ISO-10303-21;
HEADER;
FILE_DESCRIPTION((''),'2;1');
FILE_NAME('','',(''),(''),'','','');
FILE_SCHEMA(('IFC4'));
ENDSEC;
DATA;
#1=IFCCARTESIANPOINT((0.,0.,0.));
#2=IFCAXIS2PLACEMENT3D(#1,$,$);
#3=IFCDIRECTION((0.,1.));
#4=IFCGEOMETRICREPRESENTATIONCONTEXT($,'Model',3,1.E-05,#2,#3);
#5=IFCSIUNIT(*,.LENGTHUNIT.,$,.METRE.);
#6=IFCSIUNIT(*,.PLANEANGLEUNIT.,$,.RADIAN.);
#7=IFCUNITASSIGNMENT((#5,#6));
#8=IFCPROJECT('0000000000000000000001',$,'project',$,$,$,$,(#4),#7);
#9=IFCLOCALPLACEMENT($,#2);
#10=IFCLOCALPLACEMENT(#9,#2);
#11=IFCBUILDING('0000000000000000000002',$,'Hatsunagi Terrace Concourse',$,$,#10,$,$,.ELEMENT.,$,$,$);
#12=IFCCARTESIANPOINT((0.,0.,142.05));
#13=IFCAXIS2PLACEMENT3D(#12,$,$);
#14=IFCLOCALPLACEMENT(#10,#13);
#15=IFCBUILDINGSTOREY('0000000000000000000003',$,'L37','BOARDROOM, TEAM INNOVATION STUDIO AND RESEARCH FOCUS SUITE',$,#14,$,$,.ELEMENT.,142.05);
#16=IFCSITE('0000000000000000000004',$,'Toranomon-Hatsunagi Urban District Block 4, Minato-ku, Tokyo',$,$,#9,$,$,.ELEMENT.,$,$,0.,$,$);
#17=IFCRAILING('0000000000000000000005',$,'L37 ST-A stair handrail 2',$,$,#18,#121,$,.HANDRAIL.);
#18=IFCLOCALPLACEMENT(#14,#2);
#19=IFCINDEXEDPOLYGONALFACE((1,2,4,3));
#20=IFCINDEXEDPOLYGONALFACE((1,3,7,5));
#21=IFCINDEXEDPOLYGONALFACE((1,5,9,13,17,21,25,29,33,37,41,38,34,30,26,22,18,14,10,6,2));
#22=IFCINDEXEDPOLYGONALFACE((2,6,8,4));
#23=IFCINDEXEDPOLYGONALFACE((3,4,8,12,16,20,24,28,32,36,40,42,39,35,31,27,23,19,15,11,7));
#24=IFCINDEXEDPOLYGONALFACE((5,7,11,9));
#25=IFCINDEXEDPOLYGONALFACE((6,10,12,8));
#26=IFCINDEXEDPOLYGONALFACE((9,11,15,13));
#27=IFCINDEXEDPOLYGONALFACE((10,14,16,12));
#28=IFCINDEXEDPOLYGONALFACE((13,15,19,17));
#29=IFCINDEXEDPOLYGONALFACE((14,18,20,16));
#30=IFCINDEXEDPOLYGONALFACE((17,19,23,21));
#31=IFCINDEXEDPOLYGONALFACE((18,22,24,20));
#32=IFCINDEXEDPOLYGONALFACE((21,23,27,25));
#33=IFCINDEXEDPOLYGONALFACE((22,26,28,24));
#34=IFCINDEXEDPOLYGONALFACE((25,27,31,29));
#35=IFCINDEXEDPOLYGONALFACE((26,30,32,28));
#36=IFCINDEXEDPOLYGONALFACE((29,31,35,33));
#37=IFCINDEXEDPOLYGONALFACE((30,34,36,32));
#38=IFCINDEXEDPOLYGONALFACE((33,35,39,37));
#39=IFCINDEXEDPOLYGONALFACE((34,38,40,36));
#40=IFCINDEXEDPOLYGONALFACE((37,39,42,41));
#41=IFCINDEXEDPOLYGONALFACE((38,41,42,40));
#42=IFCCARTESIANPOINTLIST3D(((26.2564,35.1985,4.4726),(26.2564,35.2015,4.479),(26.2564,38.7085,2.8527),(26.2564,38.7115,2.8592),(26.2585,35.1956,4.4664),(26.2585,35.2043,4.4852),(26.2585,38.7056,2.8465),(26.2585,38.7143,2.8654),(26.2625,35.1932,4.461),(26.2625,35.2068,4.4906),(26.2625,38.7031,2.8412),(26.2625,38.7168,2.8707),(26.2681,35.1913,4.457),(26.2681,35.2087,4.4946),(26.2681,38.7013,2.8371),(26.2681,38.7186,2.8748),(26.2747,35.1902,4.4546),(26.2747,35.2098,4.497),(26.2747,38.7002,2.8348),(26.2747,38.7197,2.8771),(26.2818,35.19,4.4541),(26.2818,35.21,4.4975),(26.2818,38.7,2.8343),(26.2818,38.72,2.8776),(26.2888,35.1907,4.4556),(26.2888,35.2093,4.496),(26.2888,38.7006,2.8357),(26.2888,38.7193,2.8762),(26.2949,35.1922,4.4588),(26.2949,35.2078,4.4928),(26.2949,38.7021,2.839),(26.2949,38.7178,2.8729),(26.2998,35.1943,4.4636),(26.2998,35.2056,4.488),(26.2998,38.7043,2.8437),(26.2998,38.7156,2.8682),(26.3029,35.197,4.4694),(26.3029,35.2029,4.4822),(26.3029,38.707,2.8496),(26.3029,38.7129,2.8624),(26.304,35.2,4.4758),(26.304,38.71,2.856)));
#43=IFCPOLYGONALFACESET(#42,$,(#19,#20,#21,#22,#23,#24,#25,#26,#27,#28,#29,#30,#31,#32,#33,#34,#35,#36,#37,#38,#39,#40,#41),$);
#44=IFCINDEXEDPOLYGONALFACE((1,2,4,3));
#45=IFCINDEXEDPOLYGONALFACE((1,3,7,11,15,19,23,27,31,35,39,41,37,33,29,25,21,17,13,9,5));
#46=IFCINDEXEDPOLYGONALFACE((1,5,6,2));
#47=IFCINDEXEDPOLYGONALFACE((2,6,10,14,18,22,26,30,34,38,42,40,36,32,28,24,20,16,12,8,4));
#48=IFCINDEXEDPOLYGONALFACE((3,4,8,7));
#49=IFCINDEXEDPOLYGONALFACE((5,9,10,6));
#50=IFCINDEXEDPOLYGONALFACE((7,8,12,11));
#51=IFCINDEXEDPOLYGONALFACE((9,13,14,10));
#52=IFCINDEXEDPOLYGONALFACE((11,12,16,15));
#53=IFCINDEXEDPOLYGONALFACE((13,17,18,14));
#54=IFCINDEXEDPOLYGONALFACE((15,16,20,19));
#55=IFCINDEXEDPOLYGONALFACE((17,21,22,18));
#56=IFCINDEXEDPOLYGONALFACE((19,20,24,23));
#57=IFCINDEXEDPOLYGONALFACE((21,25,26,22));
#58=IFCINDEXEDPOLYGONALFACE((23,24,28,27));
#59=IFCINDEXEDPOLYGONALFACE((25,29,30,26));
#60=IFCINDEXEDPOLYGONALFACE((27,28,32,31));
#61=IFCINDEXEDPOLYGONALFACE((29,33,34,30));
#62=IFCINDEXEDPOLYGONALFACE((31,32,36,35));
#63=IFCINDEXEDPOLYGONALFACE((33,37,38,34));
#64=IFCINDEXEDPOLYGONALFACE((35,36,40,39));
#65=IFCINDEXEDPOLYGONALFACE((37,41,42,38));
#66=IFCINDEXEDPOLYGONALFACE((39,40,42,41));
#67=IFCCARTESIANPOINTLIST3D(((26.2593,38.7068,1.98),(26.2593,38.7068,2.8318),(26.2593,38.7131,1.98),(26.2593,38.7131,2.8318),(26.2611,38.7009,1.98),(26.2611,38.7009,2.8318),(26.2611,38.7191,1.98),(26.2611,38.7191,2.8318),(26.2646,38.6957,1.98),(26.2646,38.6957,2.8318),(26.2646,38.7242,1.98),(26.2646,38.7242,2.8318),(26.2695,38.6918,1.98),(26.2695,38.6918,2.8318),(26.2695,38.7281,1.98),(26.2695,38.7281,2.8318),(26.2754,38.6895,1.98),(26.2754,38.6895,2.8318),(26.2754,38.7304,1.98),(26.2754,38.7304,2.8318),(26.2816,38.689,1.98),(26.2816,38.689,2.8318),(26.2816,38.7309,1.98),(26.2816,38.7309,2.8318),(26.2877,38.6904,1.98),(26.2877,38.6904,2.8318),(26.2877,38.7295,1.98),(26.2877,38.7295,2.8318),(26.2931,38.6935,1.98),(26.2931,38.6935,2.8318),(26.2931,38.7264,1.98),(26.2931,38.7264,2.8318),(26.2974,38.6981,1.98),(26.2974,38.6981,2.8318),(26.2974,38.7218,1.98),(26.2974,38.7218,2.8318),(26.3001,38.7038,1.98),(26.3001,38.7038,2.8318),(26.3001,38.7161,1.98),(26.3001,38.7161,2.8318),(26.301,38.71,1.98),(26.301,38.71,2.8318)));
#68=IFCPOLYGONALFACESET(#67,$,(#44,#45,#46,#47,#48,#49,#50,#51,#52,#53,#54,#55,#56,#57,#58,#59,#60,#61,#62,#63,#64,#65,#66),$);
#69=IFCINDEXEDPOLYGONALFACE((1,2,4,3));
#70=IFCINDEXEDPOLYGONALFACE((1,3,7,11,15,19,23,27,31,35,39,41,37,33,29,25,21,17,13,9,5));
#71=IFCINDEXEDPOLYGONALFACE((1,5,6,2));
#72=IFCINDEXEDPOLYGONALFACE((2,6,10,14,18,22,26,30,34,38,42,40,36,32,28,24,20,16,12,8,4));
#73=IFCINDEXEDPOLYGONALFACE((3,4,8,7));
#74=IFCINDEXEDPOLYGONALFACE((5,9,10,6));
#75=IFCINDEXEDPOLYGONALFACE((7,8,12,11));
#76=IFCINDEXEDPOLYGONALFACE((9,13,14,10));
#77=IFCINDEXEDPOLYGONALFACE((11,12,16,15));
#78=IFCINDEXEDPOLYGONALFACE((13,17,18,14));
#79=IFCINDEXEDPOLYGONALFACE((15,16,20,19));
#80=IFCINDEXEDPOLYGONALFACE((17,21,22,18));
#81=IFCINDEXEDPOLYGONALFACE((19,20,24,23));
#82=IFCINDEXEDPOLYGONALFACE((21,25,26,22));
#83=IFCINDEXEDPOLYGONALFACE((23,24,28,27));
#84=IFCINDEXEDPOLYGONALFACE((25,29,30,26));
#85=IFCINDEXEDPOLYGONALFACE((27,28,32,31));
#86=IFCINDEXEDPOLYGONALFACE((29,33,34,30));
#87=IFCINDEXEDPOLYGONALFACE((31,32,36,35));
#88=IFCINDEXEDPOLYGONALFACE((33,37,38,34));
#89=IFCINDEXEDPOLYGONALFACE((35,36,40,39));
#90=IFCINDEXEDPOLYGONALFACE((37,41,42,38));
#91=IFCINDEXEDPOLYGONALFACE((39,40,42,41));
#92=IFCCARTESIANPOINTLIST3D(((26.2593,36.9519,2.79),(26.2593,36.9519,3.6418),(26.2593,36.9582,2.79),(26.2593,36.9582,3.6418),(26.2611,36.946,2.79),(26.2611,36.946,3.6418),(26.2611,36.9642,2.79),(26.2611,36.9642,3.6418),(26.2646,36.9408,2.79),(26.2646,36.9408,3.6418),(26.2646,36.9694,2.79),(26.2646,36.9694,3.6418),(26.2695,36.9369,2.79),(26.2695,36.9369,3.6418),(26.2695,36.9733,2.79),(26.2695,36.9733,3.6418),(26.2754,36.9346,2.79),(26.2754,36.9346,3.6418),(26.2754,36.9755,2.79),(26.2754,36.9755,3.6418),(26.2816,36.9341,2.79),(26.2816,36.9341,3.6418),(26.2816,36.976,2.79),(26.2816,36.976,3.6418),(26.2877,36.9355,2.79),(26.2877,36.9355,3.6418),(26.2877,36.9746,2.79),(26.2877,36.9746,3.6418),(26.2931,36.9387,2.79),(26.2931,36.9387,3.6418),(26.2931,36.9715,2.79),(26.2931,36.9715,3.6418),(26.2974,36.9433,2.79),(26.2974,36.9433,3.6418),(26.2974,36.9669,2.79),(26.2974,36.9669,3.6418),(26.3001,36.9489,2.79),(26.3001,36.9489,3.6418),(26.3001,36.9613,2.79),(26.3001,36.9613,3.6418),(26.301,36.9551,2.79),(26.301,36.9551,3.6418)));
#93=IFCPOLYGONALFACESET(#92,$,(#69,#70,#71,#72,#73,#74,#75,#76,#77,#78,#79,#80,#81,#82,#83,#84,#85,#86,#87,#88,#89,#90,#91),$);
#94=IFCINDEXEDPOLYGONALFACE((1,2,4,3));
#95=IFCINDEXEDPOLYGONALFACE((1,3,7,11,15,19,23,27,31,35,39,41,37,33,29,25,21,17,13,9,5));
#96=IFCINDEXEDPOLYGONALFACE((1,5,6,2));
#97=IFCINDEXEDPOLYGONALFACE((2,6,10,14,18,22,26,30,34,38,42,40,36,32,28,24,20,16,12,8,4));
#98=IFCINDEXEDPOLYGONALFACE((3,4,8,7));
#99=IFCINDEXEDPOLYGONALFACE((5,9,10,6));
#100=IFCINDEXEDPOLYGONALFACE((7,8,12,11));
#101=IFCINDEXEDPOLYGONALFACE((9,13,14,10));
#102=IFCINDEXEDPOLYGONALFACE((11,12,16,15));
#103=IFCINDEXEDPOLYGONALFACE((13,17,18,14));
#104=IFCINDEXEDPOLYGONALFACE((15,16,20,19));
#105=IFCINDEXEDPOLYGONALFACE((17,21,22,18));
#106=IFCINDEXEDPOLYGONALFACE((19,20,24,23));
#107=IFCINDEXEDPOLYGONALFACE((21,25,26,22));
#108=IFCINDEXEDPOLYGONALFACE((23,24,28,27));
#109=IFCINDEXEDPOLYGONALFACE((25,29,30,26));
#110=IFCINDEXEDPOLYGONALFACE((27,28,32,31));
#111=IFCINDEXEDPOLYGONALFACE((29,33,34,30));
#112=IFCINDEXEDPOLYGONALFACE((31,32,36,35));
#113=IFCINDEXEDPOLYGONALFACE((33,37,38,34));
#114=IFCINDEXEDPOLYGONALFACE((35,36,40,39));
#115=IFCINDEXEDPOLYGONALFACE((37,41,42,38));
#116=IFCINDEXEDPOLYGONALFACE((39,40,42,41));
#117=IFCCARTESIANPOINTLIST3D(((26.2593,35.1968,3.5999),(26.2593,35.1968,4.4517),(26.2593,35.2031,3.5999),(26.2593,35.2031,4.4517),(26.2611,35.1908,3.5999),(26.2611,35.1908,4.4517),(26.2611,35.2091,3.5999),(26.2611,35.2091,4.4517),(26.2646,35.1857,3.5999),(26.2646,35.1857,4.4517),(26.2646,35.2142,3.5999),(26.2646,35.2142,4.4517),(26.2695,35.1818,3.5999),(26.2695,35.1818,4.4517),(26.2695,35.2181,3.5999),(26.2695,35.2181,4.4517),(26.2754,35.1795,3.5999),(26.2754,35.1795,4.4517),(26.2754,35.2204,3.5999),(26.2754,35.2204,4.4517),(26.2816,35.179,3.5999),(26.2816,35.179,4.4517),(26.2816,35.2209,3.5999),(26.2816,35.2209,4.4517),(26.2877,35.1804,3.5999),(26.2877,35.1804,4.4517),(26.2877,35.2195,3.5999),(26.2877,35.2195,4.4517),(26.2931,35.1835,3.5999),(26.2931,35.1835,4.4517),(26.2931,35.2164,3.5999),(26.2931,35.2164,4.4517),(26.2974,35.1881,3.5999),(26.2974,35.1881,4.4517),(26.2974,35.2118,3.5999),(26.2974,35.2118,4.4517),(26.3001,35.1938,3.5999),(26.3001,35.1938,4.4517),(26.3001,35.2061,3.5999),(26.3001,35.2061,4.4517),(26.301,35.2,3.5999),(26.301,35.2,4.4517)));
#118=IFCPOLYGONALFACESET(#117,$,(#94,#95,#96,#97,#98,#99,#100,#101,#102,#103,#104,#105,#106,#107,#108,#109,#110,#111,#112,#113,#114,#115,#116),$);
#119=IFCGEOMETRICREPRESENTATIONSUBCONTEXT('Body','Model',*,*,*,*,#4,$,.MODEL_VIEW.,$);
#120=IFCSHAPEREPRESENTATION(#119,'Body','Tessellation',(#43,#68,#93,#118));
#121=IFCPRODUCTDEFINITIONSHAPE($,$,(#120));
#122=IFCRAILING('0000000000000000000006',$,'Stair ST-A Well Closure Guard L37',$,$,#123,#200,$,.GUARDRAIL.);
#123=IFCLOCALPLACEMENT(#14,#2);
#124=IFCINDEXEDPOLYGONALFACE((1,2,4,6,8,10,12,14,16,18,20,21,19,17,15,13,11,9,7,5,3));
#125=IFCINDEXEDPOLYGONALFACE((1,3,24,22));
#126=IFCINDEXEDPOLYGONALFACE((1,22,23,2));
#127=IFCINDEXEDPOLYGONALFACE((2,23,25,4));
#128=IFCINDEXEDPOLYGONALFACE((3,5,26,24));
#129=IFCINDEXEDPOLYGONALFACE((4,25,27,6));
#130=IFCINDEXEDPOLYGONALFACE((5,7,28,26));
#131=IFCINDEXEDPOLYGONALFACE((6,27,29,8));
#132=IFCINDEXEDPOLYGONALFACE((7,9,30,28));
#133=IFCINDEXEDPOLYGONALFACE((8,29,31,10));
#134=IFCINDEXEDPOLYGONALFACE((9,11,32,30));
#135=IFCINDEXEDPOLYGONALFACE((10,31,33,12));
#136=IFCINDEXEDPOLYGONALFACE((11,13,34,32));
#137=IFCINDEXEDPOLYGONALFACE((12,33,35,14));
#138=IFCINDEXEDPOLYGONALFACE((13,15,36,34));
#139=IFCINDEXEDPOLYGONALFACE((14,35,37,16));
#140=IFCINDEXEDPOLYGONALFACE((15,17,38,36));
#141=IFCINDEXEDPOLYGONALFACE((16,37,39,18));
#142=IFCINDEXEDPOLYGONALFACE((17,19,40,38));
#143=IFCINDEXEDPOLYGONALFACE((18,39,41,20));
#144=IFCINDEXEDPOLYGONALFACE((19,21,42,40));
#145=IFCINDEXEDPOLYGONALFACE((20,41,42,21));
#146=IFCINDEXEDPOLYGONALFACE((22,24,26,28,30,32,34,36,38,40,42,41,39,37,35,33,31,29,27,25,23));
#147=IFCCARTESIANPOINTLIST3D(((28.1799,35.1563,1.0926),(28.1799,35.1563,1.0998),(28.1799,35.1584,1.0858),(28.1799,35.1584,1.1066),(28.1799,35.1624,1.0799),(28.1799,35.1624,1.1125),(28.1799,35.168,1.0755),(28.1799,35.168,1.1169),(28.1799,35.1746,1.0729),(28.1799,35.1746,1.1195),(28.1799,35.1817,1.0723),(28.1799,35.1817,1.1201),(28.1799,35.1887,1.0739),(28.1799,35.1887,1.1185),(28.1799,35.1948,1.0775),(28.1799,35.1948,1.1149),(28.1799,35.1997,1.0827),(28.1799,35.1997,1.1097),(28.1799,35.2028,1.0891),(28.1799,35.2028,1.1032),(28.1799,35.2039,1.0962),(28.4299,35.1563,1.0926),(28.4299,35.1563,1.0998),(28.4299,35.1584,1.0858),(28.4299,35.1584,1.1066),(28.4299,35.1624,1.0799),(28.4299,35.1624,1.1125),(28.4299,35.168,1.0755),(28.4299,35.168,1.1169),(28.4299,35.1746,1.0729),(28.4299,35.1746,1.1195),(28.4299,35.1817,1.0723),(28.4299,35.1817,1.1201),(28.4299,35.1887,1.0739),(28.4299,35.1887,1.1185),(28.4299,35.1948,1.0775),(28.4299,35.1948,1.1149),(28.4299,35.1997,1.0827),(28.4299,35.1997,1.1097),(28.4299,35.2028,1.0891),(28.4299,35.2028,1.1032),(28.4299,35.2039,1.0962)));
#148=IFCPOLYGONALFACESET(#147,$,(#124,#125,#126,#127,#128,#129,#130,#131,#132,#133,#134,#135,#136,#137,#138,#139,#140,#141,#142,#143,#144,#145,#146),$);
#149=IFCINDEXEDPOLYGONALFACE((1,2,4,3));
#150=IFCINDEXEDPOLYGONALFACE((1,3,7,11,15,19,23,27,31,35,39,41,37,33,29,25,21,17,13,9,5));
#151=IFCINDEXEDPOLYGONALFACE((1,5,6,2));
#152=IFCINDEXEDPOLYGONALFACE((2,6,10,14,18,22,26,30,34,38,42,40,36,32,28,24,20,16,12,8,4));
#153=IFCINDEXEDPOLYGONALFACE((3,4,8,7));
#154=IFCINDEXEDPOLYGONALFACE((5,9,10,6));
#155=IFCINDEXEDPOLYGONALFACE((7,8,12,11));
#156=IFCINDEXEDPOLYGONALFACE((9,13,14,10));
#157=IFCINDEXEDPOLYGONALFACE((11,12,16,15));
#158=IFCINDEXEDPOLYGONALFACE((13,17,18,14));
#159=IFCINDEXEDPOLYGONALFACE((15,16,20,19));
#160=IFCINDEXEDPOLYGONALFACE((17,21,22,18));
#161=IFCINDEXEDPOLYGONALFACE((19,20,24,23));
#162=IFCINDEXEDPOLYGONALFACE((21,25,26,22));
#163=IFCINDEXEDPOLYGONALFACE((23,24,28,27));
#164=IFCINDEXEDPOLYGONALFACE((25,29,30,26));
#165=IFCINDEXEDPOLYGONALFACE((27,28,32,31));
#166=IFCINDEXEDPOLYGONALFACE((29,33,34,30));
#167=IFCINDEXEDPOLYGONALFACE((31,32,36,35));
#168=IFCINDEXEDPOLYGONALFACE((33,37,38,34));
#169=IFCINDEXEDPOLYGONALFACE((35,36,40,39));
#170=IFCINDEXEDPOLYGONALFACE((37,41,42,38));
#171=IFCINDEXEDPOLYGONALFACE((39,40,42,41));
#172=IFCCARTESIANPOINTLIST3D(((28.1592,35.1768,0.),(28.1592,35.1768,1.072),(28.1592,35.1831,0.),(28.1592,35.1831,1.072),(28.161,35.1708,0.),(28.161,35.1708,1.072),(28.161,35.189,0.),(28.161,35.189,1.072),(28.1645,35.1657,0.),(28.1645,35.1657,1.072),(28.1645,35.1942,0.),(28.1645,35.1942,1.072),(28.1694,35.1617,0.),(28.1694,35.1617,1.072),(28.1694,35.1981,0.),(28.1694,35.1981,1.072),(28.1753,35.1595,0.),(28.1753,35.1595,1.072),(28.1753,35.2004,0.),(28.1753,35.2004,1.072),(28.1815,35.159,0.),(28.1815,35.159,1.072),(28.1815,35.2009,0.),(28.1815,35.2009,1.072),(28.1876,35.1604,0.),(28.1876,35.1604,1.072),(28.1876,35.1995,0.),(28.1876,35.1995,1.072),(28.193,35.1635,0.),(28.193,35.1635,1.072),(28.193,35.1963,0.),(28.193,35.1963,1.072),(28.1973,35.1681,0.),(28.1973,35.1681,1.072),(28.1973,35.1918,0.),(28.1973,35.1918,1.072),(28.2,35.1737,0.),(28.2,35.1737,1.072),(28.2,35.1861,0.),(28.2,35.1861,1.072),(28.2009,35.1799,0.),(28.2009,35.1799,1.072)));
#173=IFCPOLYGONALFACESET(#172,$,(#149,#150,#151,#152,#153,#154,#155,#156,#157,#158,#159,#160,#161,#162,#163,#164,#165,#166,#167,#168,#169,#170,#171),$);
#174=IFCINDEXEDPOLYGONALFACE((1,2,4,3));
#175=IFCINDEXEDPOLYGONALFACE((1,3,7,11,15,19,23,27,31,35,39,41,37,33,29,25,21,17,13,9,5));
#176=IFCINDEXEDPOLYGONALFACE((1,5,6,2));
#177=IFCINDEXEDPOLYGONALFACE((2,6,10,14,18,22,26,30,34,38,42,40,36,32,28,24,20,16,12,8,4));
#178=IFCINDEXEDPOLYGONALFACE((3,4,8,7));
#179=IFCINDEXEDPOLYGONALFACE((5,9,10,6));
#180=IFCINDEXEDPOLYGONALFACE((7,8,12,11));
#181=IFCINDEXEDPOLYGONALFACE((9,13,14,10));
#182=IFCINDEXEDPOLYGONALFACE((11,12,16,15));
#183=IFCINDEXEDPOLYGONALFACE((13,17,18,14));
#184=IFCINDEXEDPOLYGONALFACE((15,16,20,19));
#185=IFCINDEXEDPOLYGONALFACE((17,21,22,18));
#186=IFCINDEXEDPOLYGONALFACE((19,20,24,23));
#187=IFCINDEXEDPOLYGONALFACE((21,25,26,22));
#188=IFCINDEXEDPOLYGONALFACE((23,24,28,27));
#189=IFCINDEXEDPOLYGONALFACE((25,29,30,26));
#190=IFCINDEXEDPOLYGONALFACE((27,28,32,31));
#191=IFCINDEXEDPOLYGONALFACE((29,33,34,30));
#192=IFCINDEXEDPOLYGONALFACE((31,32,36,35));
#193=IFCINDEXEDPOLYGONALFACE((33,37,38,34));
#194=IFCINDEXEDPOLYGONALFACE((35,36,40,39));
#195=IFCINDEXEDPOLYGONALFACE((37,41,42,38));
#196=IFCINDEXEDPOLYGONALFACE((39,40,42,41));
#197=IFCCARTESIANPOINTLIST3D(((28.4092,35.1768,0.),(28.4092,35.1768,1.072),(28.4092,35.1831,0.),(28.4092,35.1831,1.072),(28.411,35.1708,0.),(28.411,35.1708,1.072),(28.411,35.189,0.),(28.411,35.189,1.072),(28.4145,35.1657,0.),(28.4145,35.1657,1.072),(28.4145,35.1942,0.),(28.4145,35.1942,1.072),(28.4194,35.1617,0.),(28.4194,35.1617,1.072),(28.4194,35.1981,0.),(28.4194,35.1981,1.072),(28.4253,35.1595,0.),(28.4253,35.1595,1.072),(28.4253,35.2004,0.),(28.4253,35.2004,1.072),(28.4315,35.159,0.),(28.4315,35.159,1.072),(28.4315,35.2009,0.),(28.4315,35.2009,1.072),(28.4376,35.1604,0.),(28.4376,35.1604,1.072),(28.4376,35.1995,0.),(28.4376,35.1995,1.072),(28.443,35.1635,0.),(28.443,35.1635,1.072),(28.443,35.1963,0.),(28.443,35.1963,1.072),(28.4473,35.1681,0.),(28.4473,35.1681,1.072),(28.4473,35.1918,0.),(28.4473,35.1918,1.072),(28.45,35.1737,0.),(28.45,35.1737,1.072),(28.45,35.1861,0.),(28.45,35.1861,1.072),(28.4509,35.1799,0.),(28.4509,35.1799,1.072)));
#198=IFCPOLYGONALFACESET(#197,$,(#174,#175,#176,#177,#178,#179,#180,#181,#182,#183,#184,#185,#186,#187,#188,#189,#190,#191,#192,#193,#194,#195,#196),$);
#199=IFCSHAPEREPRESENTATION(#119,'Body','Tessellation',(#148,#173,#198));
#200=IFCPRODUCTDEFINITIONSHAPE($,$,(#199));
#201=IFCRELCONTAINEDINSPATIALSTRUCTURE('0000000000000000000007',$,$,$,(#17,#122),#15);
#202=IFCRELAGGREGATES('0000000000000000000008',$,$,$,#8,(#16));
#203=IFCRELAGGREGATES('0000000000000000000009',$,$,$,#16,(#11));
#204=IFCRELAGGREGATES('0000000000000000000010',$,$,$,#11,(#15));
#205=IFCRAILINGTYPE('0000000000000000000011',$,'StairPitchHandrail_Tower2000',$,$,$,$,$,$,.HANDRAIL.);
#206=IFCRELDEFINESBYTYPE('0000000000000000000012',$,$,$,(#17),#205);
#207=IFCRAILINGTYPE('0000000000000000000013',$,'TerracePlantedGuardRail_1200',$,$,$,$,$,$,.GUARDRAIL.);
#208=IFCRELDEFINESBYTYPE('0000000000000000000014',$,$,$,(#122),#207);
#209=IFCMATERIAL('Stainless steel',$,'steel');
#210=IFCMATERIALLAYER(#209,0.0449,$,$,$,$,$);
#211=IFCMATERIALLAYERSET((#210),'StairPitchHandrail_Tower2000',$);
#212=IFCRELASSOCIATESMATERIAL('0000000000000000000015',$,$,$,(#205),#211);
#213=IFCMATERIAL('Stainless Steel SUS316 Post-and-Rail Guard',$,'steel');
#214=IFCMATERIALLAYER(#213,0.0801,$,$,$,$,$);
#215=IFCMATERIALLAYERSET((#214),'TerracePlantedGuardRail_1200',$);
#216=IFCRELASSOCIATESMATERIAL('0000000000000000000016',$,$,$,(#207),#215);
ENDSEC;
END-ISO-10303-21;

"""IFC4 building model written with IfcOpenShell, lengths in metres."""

from ifc_helpers import new_model, si_unit, direction, frame, origin, origin_2d, place, context, subcontext, project, spatial, circle, extrude, material, layer, layer_set, type_object, element, save


model = new_model("IFC4")

# Units and contexts
model_context = context("Model", 3, precision=1e-05, world=origin(), true_north=direction((0.0, 1.0)))
body_context = subcontext(model_context, "Body", "Model", "MODEL_VIEW")
ifc_project = project(units=[si_unit("LENGTHUNIT", "METRE"), si_unit("PLANEANGLEUNIT", "RADIAN")], contexts=[model_context])

# Site, building, storey
site_placement = place(None, origin())
site = spatial("IfcSite", under=ifc_project, at=site_placement, Name="Toranomon-Hatsunagi Urban District Block 4, Minato-ku, Tokyo", CompositionType="ELEMENT", RefElevation=0.0)
building_placement = place(site_placement, origin())
building = spatial("IfcBuilding", under=site, at=building_placement, Name="Hatsunagi Terrace Concourse", CompositionType="ELEMENT")
storey_placement = place(building_placement, frame((0.0, 0.0, 142.05)))
storey = spatial("IfcBuildingStorey", under=building, at=storey_placement, Name="L37", Description="BOARDROOM, TEAM INNOVATION STUDIO AND RESEARCH FOCUS SUITE", CompositionType="ELEMENT", Elevation=142.05)

# Railings
ifc_material_1 = material(Name="Stainless steel", Category="steel")
ifc_layer_1 = layer(ifc_material_1, 0.0449)
ifc_layer_set_1 = layer_set([ifc_layer_1], Name="StairPitchHandrail_Tower2000")
railing_type_1 = type_object("IfcRailingType", Name="StairPitchHandrail_Tower2000", PredefinedType="HANDRAIL", material=ifc_layer_set_1)
railing_1_placement = place(storey_placement, frame((26.28, 38.71, 1.98)))
element("IfcRailing", 1, at=railing_1_placement, inside=storey, type_object=railing_type_1, Name="L37 ST-A stair handrail 2", PredefinedType="HANDRAIL", context=body_context, shape_type="SweptSolid", body=[
    extrude(circle(Radius=0.0239, at=origin_2d()), frame((0.0, 0.0, 0.876), z_axis=(0.0, -0.907972, 0.41903), x_axis=(1.0, 0.0, 0.0)), (0.0, 0.0, 1.0), 3.8657),
    extrude(circle(Radius=0.021, at=origin_2d()), origin(), (0.0, 0.0, 1.0), 0.8518),
    extrude(circle(Radius=0.021, at=origin_2d()), frame((0.0, -1.7549, 0.8101)), (0.0, 0.0, 1.0), 0.8518),
    extrude(circle(Radius=0.021, at=origin_2d()), frame((0.0, -3.51, 1.6199)), (0.0, 0.0, 1.0), 0.8518),
])
ifc_material_2 = material(Name="Stainless Steel SUS316 Post-and-Rail Guard", Category="steel")
ifc_layer_2 = layer(ifc_material_2, 0.0801)
ifc_layer_set_2 = layer_set([ifc_layer_2], Name="TerracePlantedGuardRail_1200")
railing_type_2 = type_object("IfcRailingType", Name="TerracePlantedGuardRail_1200", PredefinedType="GUARDRAIL", material=ifc_layer_set_2)
railing_2_placement = place(storey_placement, frame((28.1799, 35.1799, 0.0)))
element("IfcRailing", 2, at=railing_2_placement, inside=storey, type_object=railing_type_2, Name="Stair ST-A Well Closure Guard L37", PredefinedType="GUARDRAIL", context=body_context, shape_type="SweptSolid", body=[
    extrude(circle(Radius=0.0239, at=origin_2d()), frame((0.0, 0.0, 1.0962), z_axis=(1.0, 0.0, 0.0), x_axis=(0.0, 1.0, 0.0)), (0.0, 0.0, 1.0), 0.25),
    extrude(circle(Radius=0.021, at=origin_2d()), origin(), (0.0, 0.0, 1.0), 1.072),
    extrude(circle(Radius=0.021, at=origin_2d()), frame((0.25, 0.0, 0.0)), (0.0, 0.0, 1.0), 1.072),
])

save(model, "model.ifc")
